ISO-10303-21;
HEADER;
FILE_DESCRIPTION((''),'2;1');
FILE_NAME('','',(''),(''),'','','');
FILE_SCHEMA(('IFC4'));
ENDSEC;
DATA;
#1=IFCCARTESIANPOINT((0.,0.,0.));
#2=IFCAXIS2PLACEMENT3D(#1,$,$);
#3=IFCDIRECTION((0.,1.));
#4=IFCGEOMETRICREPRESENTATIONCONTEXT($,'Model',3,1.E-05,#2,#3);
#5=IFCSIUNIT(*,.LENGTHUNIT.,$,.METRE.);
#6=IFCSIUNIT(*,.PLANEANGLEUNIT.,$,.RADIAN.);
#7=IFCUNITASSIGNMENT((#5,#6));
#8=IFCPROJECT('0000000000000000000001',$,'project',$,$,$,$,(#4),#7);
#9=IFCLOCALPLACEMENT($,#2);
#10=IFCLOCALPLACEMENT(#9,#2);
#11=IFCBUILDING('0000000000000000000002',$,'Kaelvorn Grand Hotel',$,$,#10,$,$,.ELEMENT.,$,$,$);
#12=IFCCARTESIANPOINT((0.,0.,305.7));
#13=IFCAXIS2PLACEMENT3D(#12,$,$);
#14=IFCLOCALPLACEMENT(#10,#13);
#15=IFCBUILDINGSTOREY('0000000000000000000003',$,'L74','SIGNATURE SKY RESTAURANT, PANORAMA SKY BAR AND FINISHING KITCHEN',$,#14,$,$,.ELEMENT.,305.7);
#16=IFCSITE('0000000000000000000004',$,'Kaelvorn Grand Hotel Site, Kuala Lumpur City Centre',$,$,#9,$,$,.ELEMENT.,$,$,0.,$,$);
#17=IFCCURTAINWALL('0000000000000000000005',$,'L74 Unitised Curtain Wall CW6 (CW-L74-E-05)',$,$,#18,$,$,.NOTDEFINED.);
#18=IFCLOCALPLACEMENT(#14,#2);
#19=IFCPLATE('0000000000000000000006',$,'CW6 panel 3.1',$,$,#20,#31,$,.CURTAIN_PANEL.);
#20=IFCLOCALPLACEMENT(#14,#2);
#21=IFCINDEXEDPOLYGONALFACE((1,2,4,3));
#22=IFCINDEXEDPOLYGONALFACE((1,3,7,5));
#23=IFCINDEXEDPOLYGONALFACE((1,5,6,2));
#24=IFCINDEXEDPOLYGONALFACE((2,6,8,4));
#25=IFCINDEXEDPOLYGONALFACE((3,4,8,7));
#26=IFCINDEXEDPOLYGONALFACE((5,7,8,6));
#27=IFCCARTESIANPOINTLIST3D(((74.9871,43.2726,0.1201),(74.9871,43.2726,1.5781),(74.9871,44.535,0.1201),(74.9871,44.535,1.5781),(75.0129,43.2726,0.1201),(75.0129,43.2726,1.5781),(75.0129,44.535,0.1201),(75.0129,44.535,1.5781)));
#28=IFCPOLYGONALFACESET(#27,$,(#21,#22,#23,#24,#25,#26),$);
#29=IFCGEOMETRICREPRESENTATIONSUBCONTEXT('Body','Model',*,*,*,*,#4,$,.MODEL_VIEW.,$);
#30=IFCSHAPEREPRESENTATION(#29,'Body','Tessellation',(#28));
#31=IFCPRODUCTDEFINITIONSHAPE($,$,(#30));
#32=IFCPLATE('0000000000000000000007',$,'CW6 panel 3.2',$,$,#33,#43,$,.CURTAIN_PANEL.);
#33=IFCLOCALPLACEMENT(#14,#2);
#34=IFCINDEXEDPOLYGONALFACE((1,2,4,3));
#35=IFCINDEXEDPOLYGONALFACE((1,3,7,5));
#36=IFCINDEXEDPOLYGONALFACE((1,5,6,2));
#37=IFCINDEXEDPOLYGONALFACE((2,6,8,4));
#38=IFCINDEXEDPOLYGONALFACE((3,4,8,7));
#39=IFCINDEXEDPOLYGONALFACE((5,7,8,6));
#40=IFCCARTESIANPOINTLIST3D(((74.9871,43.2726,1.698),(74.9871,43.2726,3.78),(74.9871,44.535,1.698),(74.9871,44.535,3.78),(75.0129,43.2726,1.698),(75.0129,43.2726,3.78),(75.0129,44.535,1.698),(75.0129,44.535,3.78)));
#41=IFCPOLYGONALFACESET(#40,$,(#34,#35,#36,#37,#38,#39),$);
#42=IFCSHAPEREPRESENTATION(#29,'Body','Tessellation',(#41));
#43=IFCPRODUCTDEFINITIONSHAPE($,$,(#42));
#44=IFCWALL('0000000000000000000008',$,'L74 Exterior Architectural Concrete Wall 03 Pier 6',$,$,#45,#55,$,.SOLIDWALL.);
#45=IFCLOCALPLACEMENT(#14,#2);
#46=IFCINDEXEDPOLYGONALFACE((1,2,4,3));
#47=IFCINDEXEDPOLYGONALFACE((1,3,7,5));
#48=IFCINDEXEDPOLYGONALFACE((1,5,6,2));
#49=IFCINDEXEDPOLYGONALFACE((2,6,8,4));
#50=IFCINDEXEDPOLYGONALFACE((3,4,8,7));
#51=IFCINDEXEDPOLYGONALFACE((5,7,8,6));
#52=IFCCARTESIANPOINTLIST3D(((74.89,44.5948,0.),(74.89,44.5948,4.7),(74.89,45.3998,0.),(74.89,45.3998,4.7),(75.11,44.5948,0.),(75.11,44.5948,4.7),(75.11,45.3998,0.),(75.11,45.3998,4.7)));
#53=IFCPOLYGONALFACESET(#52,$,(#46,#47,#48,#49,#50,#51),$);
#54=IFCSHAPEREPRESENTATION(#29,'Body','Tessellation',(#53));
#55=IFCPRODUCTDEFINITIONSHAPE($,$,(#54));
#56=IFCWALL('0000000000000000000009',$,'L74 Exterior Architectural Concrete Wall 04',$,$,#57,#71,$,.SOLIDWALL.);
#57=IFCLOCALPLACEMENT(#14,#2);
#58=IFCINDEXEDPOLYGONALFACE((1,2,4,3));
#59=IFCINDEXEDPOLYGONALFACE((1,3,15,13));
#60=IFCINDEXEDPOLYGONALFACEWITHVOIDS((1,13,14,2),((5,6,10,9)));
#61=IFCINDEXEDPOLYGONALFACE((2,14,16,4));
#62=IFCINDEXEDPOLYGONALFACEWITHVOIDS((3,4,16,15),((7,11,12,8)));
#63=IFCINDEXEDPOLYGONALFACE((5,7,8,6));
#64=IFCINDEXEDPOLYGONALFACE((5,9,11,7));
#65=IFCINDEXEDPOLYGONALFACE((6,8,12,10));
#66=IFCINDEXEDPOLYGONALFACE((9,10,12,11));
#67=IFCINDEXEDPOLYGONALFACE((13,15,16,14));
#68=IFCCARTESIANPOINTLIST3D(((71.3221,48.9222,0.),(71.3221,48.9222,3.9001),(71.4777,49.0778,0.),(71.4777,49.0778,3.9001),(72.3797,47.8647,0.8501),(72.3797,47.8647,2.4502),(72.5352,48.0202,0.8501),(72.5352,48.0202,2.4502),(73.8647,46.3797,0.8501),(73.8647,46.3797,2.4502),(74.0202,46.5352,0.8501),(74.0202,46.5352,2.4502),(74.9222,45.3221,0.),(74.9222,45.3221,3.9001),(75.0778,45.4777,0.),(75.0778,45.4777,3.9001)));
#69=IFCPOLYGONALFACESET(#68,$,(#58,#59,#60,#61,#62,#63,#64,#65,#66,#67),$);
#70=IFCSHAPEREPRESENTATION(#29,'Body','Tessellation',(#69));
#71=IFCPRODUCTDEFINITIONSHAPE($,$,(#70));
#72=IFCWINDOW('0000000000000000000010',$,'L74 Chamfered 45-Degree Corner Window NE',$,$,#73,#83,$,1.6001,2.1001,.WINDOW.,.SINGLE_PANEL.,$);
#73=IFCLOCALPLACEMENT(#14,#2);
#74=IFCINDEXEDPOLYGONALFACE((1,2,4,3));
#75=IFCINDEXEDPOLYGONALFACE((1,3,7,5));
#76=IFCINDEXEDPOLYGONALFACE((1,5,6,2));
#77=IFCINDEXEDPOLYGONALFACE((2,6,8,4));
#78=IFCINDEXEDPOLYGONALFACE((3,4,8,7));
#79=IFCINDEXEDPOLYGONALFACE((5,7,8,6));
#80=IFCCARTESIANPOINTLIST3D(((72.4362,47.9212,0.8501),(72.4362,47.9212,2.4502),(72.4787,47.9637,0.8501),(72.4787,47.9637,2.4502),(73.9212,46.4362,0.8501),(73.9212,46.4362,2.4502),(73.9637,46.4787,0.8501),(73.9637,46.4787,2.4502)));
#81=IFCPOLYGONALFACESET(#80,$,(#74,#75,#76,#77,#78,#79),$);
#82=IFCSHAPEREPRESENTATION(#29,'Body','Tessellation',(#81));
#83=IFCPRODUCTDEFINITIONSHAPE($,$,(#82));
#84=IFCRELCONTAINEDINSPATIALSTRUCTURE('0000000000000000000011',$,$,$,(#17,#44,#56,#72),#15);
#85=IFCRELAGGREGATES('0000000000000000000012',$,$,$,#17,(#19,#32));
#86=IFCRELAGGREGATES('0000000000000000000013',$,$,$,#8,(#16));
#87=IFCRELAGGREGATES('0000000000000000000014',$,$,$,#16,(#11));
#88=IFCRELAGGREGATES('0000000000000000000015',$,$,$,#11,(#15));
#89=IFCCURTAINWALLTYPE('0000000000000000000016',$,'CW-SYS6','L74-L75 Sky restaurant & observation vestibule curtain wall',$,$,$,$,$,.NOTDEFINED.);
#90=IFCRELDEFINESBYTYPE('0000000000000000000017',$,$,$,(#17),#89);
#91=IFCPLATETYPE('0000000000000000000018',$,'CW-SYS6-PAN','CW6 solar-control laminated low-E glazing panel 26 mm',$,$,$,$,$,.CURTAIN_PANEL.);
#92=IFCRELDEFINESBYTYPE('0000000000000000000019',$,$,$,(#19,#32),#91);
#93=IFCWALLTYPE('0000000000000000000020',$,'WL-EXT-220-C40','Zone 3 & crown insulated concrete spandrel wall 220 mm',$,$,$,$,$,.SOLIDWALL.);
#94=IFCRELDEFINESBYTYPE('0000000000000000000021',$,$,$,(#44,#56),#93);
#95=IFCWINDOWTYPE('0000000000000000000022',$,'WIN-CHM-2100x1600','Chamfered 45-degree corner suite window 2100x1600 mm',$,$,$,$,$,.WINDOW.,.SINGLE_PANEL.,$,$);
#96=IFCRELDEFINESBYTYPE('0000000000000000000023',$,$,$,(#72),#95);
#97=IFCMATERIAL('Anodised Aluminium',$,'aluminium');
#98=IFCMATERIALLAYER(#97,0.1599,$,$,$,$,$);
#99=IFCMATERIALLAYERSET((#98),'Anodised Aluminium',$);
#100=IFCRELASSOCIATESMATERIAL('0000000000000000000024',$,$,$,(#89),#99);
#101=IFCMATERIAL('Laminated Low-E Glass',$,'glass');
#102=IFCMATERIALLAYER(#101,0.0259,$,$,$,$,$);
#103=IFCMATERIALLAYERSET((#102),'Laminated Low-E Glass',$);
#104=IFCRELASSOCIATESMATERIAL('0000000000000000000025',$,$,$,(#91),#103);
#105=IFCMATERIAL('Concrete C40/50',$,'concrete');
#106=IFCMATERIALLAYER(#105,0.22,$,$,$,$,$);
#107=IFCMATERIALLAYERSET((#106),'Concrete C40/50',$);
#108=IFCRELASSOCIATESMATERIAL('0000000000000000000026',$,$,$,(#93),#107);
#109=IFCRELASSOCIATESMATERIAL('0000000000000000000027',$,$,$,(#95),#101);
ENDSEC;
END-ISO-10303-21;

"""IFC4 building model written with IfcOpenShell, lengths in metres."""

from ifc_helpers import new_model, si_unit, direction, frame, frame_2d, origin, origin_2d, place, context, subcontext, project, spatial, rectangle, extrude, material, layer, layer_set, type_object, element, fill, aggregate, save


model = new_model("IFC4")

# Units and contexts
model_context = context("Model", 3, precision=1e-05, world=origin(), true_north=direction((0.0, 1.0)))
body_context = subcontext(model_context, "Body", "Model", "MODEL_VIEW")
ifc_project = project(units=[si_unit("LENGTHUNIT", "METRE"), si_unit("PLANEANGLEUNIT", "RADIAN")], contexts=[model_context])

# Site, building, storey
site_placement = place(None, origin())
site = spatial("IfcSite", under=ifc_project, at=site_placement, Name="Kaelvorn Grand Hotel Site, Kuala Lumpur City Centre", CompositionType="ELEMENT", RefElevation=0.0)
building_placement = place(site_placement, origin())
building = spatial("IfcBuilding", under=site, at=building_placement, Name="Kaelvorn Grand Hotel", CompositionType="ELEMENT")
storey_placement = place(building_placement, frame((0.0, 0.0, 305.7)))
storey = spatial("IfcBuildingStorey", under=building, at=storey_placement, Name="L74", Description="SIGNATURE SKY RESTAURANT, PANORAMA SKY BAR AND FINISHING KITCHEN", CompositionType="ELEMENT", Elevation=305.7)

# Curtain wall, plates
ifc_material_1 = material(Name="Anodised Aluminium", Category="aluminium")
ifc_layer_1 = layer(ifc_material_1, 0.1599)
ifc_layer_set_1 = layer_set([ifc_layer_1], Name="Anodised Aluminium")
curtain_wall_type = type_object("IfcCurtainWallType", Name="CW-SYS6", Description="L74-L75 Sky restaurant & observation vestibule curtain wall", PredefinedType="NOTDEFINED", material=ifc_layer_set_1)
curtain_wall_placement = place(storey_placement, origin())
curtain_wall = element("IfcCurtainWall", 1, at=curtain_wall_placement, inside=storey, type_object=curtain_wall_type, Name="L74 Unitised Curtain Wall CW6 (CW-L74-E-05)", PredefinedType="NOTDEFINED")
ifc_material_2 = material(Name="Laminated Low-E Glass", Category="glass")
ifc_layer_2 = layer(ifc_material_2, 0.0259)
ifc_layer_set_2 = layer_set([ifc_layer_2], Name="Laminated Low-E Glass")
plate_type = type_object("IfcPlateType", Name="CW-SYS6-PAN", Description="CW6 solar-control laminated low-E glazing panel 26 mm", PredefinedType="CURTAIN_PANEL", material=ifc_layer_set_2)
plate_1_placement = place(storey_placement, frame((75.0, 43.9038, 0.1201), z_axis=(0.0, 0.0, 1.0), x_axis=(0.0, 1.0, 0.0)))
plate_1 = element("IfcPlate", 2, at=plate_1_placement, type_object=plate_type, Name="CW6 panel 3.1", PredefinedType="CURTAIN_PANEL", context=body_context, shape_type="SweptSolid", body=[
    extrude(rectangle(XDim=1.2625, YDim=0.0259, at=origin_2d()), origin(), (0.0, 0.0, 1.0), 1.458),
])
plate_2_placement = place(storey_placement, frame((75.0, 43.9038, 1.698), z_axis=(0.0, 0.0, 1.0), x_axis=(0.0, 1.0, 0.0)))
plate_2 = element("IfcPlate", 3, at=plate_2_placement, type_object=plate_type, Name="CW6 panel 3.2", PredefinedType="CURTAIN_PANEL", context=body_context, shape_type="SweptSolid", body=[
    extrude(rectangle(XDim=1.2625, YDim=0.0259, at=origin_2d()), origin(), (0.0, 0.0, 1.0), 2.082),
])
aggregate(curtain_wall, [plate_1, plate_2])

# Wall
ifc_material_3 = material(Name="Concrete C40/50", Category="concrete")
ifc_layer_3 = layer(ifc_material_3, 0.22)
ifc_layer_set_3 = layer_set([ifc_layer_3], Name="Concrete C40/50")
wall_type = type_object("IfcWallType", Name="WL-EXT-220-C40", Description="Zone 3 & crown insulated concrete spandrel wall 220 mm", PredefinedType="SOLIDWALL", material=ifc_layer_set_3)
wall_1_placement = place(storey_placement, frame((75.0, 44.595, 0.0), z_axis=(0.0, 0.0, 1.0), x_axis=(0.0, 1.0, 0.0)))
element("IfcWall", 4, at=wall_1_placement, inside=storey, type_object=wall_type, Name="L74 Exterior Architectural Concrete Wall 03 Pier 6", PredefinedType="SOLIDWALL", context=body_context, shape_type="SweptSolid", body=[
    extrude(rectangle(XDim=0.8049, YDim=0.22, at=frame_2d((0.4023, 0.0))), origin(), (0.0, 0.0, 1.0), 4.7),
])

# Wall, opening, window
wall_2_placement = place(storey_placement, frame((75.0, 45.3999, 0.0), z_axis=(0.0, 0.0, 1.0), x_axis=(-0.707107, 0.707107, 0.0)))
wall_2 = element("IfcWall", 5, at=wall_2_placement, inside=storey, type_object=wall_type, Name="L74 Exterior Architectural Concrete Wall 04", PredefinedType="SOLIDWALL", context=body_context, shape_type="SweptSolid", body=[
    extrude(rectangle(XDim=5.0913, YDim=0.22, at=frame_2d((2.5457, 0.0))), origin(), (0.0, 0.0, 1.0), 3.9001),
])
opening_placement = place(wall_2_placement, frame((1.4956, 0.0, 0.8501)))
opening = element("IfcOpeningElement", 6, at=opening_placement, cuts=wall_2, PredefinedType="OPENING", context=body_context, shape_type="SweptSolid", body=[
    extrude(rectangle(XDim=2.1001, YDim=1.6001, at=frame_2d((1.05, 0.8))), frame((0.0, 0.1201, 0.0), z_axis=(0.0, -1.0, 0.0), x_axis=(1.0, 0.0, 0.0)), (0.0, 0.0, 1.0), 0.24),
])
window_type = type_object("IfcWindowType", Name="WIN-CHM-2100x1600", Description="Chamfered 45-degree corner suite window 2100x1600 mm", PartitioningType="SINGLE_PANEL", PredefinedType="WINDOW", material=ifc_material_2)
window_placement = place(opening_placement, origin())
window = element("IfcWindow", 7, at=window_placement, inside=storey, type_object=window_type, Name="L74 Chamfered 45-Degree Corner Window NE", OverallHeight=1.6001, OverallWidth=2.1001, PartitioningType="SINGLE_PANEL", PredefinedType="WINDOW", context=body_context, shape_type="SweptSolid", body=[
    extrude(rectangle(XDim=2.1001, YDim=1.6001, at=frame_2d((1.05, 0.8))), frame((0.0, 0.03, 0.0), z_axis=(0.0, -1.0, 0.0), x_axis=(1.0, 0.0, 0.0)), (0.0, 0.0, 1.0), 0.0601),
])
fill(opening, window)

save(model, "model.ifc")
